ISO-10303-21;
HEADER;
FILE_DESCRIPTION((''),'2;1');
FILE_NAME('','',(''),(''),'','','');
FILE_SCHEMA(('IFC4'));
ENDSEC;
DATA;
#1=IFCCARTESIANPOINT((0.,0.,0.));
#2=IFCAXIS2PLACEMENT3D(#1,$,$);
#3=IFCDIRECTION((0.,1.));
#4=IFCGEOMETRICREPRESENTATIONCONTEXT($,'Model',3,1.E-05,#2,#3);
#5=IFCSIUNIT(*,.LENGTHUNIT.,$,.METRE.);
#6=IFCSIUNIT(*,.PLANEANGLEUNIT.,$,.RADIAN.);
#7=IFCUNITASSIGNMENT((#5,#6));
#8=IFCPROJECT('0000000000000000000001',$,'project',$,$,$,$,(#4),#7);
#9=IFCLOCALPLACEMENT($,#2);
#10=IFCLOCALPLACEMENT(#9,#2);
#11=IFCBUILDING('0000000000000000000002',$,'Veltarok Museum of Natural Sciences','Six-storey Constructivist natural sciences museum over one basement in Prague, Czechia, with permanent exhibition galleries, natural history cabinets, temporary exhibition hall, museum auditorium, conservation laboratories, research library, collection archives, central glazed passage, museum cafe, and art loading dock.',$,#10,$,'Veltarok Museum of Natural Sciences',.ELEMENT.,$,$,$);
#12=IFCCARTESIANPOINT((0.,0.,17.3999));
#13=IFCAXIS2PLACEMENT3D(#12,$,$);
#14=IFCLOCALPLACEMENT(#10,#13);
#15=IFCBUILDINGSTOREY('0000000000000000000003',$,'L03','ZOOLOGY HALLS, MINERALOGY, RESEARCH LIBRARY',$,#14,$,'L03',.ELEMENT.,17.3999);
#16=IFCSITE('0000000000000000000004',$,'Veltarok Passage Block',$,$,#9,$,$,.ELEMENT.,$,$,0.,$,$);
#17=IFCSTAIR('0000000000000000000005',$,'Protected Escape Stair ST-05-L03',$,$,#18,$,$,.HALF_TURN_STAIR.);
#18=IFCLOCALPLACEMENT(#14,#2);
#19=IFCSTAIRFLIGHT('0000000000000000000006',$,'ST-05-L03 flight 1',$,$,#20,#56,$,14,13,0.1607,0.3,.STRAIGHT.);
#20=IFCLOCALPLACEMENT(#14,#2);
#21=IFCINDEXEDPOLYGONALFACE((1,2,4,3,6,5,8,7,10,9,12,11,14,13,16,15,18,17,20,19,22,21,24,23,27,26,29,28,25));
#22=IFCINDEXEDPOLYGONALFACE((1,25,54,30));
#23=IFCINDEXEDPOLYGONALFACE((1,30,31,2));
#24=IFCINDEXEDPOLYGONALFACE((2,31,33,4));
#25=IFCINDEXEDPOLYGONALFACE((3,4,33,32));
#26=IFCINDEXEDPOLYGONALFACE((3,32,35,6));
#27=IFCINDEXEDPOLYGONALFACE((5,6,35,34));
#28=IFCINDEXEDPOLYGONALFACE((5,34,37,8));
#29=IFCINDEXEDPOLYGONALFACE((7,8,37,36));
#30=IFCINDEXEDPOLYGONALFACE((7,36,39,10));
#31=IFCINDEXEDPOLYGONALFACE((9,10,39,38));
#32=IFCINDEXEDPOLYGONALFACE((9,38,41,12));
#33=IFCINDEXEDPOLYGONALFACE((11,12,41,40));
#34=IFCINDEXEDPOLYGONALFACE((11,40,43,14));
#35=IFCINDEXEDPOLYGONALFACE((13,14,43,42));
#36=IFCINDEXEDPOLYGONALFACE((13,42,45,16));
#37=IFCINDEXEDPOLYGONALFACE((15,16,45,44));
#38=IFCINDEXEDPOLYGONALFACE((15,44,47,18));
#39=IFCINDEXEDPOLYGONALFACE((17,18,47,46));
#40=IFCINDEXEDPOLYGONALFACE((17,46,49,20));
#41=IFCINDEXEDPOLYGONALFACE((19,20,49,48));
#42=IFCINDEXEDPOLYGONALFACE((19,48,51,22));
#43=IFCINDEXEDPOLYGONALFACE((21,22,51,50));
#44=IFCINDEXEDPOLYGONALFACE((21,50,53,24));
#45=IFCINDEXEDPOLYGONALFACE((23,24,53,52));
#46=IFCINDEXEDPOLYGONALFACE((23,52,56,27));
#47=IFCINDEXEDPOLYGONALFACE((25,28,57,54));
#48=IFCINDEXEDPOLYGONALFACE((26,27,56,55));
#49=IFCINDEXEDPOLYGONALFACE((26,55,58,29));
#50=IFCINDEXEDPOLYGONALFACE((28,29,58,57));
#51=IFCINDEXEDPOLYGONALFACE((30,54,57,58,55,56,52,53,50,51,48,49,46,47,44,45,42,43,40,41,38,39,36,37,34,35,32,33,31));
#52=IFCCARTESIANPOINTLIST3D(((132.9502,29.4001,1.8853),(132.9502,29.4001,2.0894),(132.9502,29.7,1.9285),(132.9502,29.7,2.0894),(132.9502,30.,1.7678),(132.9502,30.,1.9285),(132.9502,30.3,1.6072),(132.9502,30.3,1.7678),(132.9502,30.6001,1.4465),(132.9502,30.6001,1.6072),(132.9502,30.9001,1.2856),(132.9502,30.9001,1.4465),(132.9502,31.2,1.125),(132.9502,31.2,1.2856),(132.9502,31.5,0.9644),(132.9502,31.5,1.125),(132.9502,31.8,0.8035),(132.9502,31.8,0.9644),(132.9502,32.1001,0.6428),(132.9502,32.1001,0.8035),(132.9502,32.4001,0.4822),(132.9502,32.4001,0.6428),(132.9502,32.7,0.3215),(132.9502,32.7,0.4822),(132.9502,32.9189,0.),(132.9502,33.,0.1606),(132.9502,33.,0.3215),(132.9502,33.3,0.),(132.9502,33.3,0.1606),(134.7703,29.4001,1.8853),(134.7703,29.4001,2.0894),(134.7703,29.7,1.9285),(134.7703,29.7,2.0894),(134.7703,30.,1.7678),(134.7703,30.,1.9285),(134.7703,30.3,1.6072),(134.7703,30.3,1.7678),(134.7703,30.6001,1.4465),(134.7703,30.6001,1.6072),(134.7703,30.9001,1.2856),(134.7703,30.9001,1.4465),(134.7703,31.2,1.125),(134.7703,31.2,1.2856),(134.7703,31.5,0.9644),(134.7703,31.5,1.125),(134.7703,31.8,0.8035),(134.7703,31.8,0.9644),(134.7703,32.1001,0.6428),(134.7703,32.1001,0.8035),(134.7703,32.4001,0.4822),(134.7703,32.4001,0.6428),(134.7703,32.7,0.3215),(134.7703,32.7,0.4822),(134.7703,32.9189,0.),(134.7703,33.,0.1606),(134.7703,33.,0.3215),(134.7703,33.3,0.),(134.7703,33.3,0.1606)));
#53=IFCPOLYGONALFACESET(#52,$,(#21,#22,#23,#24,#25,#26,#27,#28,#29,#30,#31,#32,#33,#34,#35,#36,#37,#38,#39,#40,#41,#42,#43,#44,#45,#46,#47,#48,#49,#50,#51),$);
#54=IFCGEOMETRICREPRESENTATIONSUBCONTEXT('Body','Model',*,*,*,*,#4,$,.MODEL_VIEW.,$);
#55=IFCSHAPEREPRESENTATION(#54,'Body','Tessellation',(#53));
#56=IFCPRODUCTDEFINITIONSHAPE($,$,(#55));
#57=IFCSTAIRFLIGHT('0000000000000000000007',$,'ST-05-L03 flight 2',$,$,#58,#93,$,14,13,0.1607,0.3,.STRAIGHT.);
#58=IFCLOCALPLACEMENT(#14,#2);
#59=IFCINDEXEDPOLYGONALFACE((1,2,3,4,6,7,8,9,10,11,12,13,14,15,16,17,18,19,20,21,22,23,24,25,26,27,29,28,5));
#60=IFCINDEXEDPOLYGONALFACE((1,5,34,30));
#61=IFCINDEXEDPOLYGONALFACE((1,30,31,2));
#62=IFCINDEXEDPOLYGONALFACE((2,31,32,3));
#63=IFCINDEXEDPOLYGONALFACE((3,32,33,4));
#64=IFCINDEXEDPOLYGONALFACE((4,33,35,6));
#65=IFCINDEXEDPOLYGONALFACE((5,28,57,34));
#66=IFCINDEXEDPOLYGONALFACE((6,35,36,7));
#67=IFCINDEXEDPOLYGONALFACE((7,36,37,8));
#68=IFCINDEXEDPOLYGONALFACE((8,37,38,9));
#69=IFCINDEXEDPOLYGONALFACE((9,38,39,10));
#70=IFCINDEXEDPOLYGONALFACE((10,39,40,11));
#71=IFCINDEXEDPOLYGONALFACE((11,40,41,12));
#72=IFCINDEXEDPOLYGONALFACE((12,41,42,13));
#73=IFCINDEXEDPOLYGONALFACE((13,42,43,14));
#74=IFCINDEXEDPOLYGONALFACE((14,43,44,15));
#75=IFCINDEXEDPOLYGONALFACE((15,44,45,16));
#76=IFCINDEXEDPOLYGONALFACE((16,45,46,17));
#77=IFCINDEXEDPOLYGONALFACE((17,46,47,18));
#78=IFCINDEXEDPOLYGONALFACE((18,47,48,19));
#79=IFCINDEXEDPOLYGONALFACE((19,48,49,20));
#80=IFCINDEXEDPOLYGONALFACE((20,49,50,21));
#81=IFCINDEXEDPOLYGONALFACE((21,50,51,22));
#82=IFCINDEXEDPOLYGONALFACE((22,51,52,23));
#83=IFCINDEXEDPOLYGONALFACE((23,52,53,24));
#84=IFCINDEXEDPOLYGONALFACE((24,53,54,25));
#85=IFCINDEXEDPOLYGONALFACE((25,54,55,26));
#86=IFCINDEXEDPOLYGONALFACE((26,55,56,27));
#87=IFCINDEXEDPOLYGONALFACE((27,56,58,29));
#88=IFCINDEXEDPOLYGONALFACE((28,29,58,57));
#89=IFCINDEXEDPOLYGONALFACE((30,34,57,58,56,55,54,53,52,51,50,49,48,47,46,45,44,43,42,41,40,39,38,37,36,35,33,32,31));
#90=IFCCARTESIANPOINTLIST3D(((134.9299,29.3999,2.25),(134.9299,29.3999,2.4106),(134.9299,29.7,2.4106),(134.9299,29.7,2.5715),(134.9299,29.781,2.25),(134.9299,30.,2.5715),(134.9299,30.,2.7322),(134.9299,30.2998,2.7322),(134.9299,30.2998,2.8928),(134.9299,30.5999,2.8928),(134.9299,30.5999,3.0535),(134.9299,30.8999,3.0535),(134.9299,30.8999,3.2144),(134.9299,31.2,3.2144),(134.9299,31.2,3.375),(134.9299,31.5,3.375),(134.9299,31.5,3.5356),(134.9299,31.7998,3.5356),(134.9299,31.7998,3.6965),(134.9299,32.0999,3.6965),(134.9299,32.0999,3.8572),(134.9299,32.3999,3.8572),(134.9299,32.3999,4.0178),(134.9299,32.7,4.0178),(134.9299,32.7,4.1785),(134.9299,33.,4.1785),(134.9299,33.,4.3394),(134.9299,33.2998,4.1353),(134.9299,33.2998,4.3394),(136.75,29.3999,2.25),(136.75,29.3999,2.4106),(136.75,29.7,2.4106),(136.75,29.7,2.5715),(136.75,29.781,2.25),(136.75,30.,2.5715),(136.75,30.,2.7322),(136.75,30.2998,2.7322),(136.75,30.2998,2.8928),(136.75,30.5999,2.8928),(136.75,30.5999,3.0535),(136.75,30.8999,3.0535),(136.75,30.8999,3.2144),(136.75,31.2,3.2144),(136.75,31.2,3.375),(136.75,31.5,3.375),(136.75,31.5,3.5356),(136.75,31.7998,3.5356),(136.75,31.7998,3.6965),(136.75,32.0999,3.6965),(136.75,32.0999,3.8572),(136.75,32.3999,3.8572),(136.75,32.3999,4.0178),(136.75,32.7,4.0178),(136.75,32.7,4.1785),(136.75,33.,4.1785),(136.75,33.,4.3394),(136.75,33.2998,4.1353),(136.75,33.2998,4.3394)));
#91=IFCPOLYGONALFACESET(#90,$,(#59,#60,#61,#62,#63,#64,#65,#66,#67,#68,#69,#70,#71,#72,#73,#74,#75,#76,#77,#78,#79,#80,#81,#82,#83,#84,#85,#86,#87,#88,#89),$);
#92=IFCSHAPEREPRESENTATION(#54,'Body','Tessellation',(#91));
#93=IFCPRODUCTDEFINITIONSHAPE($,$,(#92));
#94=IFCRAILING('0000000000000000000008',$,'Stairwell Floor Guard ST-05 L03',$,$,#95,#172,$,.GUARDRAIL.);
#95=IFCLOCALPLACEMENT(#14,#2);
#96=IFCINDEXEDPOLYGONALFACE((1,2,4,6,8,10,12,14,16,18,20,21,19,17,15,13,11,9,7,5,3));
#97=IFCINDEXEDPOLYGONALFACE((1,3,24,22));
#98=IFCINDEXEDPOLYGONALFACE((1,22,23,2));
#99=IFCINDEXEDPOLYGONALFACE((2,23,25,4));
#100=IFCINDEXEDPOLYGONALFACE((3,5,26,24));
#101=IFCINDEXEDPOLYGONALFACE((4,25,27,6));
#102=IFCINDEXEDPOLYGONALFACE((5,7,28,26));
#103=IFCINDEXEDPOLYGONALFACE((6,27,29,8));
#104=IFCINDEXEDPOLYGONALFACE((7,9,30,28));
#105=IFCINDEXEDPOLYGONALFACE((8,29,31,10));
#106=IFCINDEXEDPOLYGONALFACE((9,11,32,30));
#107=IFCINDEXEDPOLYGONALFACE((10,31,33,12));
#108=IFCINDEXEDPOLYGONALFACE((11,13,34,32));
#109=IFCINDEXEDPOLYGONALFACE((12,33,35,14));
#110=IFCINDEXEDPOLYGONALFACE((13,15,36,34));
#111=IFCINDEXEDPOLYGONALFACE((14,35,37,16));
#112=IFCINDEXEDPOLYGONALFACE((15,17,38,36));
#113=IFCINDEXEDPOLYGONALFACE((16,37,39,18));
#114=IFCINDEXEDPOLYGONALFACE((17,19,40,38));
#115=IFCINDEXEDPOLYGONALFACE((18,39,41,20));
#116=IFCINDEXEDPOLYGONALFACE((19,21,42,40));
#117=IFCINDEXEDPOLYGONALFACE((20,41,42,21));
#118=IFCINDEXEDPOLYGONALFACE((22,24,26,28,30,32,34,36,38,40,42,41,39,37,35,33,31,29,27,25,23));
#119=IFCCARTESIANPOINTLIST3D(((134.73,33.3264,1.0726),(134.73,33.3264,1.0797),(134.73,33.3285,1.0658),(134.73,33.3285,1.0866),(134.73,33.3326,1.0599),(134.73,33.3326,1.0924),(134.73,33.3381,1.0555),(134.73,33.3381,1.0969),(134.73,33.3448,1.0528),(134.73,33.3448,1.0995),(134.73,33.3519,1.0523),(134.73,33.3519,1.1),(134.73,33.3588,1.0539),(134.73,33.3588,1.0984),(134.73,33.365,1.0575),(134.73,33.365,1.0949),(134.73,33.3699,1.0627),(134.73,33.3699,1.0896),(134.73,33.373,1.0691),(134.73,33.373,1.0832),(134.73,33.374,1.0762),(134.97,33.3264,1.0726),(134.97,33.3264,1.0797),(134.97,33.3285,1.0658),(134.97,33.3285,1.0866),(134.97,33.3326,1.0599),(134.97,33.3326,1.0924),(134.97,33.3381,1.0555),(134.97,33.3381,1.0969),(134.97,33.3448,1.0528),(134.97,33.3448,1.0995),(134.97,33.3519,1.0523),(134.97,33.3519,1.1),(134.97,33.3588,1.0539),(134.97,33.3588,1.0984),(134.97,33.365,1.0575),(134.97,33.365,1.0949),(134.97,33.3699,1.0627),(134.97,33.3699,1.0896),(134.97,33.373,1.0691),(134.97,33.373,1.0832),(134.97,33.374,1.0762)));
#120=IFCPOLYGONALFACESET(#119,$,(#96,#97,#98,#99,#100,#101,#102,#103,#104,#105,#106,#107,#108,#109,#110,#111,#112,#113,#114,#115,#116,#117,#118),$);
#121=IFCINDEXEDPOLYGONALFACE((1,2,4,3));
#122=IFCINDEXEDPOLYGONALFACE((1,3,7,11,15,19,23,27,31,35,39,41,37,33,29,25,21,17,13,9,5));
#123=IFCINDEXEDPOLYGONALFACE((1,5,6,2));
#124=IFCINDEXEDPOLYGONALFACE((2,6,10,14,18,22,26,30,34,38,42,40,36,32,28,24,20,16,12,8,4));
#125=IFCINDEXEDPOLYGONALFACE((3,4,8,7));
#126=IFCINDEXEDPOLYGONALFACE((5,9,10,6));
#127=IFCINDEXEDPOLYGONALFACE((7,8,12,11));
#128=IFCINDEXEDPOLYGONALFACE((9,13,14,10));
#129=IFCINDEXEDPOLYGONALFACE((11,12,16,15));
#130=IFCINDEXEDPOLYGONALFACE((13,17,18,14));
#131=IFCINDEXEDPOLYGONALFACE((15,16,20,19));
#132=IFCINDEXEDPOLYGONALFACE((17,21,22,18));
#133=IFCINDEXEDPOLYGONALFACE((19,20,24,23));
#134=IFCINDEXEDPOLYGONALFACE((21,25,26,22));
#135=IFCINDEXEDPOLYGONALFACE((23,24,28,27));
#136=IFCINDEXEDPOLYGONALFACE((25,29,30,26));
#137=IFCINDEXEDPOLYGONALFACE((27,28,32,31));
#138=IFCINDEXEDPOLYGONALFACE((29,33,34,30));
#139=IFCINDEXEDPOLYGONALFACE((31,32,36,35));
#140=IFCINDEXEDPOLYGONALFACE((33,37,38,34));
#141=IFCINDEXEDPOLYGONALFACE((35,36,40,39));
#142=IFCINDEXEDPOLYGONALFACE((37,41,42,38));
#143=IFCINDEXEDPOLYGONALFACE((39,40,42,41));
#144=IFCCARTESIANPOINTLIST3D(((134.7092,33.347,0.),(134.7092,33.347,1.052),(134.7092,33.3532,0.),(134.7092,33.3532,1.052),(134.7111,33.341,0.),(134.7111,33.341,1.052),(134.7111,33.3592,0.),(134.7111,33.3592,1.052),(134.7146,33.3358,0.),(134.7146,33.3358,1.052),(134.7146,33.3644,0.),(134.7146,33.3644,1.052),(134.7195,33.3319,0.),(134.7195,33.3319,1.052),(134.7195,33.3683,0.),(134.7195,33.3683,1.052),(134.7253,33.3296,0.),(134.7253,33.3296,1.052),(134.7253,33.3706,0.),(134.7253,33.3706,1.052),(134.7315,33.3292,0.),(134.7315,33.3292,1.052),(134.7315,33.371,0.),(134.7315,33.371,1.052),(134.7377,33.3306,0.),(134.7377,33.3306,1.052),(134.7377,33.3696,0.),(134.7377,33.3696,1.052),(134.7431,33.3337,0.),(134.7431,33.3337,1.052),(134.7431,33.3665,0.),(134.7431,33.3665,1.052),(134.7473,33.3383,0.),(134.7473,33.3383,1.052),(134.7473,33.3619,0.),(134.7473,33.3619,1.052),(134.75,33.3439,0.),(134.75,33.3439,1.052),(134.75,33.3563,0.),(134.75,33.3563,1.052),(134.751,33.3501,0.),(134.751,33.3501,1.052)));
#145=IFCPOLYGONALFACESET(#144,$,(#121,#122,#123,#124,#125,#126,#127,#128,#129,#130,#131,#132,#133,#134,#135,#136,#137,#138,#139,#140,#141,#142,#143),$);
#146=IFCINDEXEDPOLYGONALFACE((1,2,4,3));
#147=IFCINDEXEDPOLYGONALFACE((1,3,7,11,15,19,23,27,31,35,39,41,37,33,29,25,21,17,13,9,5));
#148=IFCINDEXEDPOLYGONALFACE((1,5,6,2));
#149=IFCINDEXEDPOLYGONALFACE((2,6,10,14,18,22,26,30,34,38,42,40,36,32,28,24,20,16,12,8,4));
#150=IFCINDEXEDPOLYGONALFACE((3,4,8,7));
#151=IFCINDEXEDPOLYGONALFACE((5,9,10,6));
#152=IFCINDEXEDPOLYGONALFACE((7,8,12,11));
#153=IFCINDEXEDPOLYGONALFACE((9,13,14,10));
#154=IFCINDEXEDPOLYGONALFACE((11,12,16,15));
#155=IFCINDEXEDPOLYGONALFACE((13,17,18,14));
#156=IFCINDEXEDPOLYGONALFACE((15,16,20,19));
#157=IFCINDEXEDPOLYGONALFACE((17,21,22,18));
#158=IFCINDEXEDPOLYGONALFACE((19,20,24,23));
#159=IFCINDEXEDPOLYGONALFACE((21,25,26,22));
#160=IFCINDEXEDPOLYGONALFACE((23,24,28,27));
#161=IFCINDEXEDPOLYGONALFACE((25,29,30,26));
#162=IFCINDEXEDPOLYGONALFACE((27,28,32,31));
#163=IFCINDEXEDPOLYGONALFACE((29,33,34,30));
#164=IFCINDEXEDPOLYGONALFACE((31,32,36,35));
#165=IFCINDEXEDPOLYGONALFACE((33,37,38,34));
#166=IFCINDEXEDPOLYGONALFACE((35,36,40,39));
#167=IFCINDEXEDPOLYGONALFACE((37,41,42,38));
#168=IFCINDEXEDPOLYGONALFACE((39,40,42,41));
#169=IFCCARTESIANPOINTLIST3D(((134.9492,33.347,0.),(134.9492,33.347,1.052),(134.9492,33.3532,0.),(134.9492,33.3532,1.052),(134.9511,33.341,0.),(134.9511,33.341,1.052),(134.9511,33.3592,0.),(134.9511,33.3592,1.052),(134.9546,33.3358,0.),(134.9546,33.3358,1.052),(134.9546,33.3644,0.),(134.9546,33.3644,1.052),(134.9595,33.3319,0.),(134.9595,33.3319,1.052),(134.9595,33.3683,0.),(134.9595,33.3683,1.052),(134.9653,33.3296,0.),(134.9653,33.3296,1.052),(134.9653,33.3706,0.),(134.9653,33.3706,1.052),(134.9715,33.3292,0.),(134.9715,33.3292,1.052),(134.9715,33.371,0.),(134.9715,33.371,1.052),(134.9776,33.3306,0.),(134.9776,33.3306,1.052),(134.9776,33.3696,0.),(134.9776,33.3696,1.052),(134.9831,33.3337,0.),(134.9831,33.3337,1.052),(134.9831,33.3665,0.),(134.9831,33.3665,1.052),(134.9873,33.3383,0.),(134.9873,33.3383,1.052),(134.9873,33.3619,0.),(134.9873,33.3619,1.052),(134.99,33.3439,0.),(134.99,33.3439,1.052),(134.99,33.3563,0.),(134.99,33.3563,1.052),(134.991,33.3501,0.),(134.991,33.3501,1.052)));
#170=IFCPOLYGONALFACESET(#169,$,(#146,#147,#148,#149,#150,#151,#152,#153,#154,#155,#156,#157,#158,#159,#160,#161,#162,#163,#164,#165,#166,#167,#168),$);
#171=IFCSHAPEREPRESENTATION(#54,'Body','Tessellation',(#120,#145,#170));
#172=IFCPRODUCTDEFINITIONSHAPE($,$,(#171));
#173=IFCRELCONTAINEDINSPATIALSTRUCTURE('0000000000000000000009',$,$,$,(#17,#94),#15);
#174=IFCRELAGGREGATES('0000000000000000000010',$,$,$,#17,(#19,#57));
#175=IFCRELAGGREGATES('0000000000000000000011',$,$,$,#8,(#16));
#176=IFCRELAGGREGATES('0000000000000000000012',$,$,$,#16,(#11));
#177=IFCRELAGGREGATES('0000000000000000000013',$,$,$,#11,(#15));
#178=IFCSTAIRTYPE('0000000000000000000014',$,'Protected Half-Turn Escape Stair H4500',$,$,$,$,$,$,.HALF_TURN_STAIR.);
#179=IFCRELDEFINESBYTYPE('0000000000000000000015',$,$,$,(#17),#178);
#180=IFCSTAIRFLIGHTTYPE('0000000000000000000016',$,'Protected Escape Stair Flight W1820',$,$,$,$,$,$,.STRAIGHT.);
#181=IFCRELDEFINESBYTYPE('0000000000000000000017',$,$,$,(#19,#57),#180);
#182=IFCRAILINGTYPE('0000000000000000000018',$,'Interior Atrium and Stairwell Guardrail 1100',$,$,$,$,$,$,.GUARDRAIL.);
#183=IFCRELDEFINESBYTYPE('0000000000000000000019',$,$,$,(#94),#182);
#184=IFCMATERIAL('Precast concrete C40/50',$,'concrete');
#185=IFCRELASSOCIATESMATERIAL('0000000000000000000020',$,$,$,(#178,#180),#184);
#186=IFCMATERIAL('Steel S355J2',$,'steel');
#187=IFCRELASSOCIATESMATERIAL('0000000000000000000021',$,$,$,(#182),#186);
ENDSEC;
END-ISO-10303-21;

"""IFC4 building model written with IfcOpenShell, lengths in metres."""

from ifc_helpers import new_model, si_unit, direction, frame, origin, origin_2d, place, context, subcontext, project, spatial, polyline, circle, outline, extrude, material, type_object, element, aggregate, save


model = new_model("IFC4")

# Units and contexts
model_context = context("Model", 3, precision=1e-05, world=origin(), true_north=direction((0.0, 1.0)))
body_context = subcontext(model_context, "Body", "Model", "MODEL_VIEW")
ifc_project = project(units=[si_unit("LENGTHUNIT", "METRE"), si_unit("PLANEANGLEUNIT", "RADIAN")], contexts=[model_context])

# Site, building, storey
site_placement = place(None, origin())
site = spatial("IfcSite", under=ifc_project, at=site_placement, Name="Veltarok Passage Block", CompositionType="ELEMENT", RefElevation=0.0)
building_placement = place(site_placement, origin())
building = spatial("IfcBuilding", under=site, at=building_placement, Name="Veltarok Museum of Natural Sciences", Description="Six-storey Constructivist natural sciences museum over one basement in Prague, Czechia, with permanent exhibition galleries, natural history cabinets, temporary exhibition hall, museum auditorium, conservation laboratories, research library, collection archives, central glazed passage, museum cafe, and art loading dock.", LongName="Veltarok Museum of Natural Sciences", CompositionType="ELEMENT")
storey_placement = place(building_placement, frame((0.0, 0.0, 17.3999)))
storey = spatial("IfcBuildingStorey", under=building, at=storey_placement, Name="L03", Description="ZOOLOGY HALLS, MINERALOGY, RESEARCH LIBRARY", LongName="L03", CompositionType="ELEMENT", Elevation=17.3999)

# Shared definitions
ifc_material_1 = material(Name="Steel S355J2", Category="steel")

# Shared definitions
ifc_material_2 = material(Name="Precast concrete C40/50", Category="concrete")

# Stair, stair flights
stair_type = type_object("IfcStairType", Name="Protected Half-Turn Escape Stair H4500", PredefinedType="HALF_TURN_STAIR", material=ifc_material_2)
stair_placement = place(storey_placement, origin())
stair = element("IfcStair", 1, at=stair_placement, inside=storey, type_object=stair_type, Name="Protected Escape Stair ST-05-L03", PredefinedType="HALF_TURN_STAIR")
stair_flight_type = type_object("IfcStairFlightType", Name="Protected Escape Stair Flight W1820", PredefinedType="STRAIGHT", material=ifc_material_2)
stair_flight_1_placement = place(storey_placement, frame((133.8601, 33.3, 0.0), z_axis=(0.0, 0.0, 1.0), x_axis=(0.0, -1.0, 0.0)))
stair_flight_1 = element("IfcStairFlight", 2, at=stair_flight_1_placement, type_object=stair_flight_type, Name="ST-05-L03 flight 1", NumberOfRisers=14, NumberOfTreads=13, PredefinedType="STRAIGHT", RiserHeight=0.1607, TreadLength=0.3, context=body_context, shape_type="SweptSolid", body=[
    extrude(outline(polyline([(0.0, 0.0), (0.0, 0.1606), (0.3, 0.1606), (0.3, 0.3215), (0.6001, 0.3215), (0.6001, 0.4822), (0.8999, 0.4822), (0.8999, 0.6428), (1.2, 0.6428), (1.2, 0.8035), (1.5, 0.8035), (1.5, 0.9644), (1.8, 0.9644), (1.8, 1.125), (2.1001, 1.125), (2.1001, 1.2856), (2.3999, 1.2856), (2.3999, 1.4465), (2.7, 1.4465), (2.7, 1.6072), (3.0, 1.6072), (3.0, 1.7678), (3.3, 1.7678), (3.3, 1.9285), (3.6001, 1.9285), (3.6001, 2.0894), (3.8999, 2.0894), (3.8999, 2.25), (3.8999, 1.8853), (0.3811, 0.0), (0.0, 0.0)])), frame((0.0, 0.9102, 0.0), z_axis=(0.0, -1.0, 0.0), x_axis=(1.0, 0.0, 0.0)), (0.0, 0.0, 1.0), 1.8201),
])
stair_flight_2_placement = place(storey_placement, frame((135.8401, 29.3999, 2.25), z_axis=(0.0, 0.0, 1.0), x_axis=(0.0, 1.0, 0.0)))
stair_flight_2 = element("IfcStairFlight", 3, at=stair_flight_2_placement, type_object=stair_flight_type, Name="ST-05-L03 flight 2", NumberOfRisers=14, NumberOfTreads=13, PredefinedType="STRAIGHT", RiserHeight=0.1607, TreadLength=0.3, context=body_context, shape_type="SweptSolid", body=[
    extrude(outline(polyline([(0.0, 0.0), (0.0, 0.1606), (0.3, 0.1606), (0.3, 0.3215), (0.6001, 0.3215), (0.6001, 0.4822), (0.8999, 0.4822), (0.8999, 0.6428), (1.2, 0.6428), (1.2, 0.8035), (1.5, 0.8035), (1.5, 0.9644), (1.8, 0.9644), (1.8, 1.125), (2.1001, 1.125), (2.1001, 1.2856), (2.3999, 1.2856), (2.3999, 1.4465), (2.7, 1.4465), (2.7, 1.6072), (3.0, 1.6072), (3.0, 1.7678), (3.3, 1.7678), (3.3, 1.9285), (3.6001, 1.9285), (3.6001, 2.0894), (3.8999, 2.0894), (3.8999, 2.25), (3.8999, 1.8853), (0.3811, 0.0), (0.0, 0.0)])), frame((0.0, 0.9102, 0.0), z_axis=(0.0, -1.0, 0.0), x_axis=(1.0, 0.0, 0.0)), (0.0, 0.0, 1.0), 1.8201),
])
aggregate(stair, [stair_flight_1, stair_flight_2])

# Railing
railing_type_1 = type_object("IfcRailingType", Name="Interior Atrium and Stairwell Guardrail 1100", PredefinedType="GUARDRAIL", material=ifc_material_1)
for number, where, name in (
    (4, (134.73, 33.3501, 0.0), "Stairwell Floor Guard ST-05 L03"),
):
    element("IfcRailing", number, at=place(storey_placement, frame(where)), inside=storey, type_object=railing_type_1, Name=name, PredefinedType="GUARDRAIL", context=body_context, shape_type="SweptSolid", body=[
        extrude(circle(Radius=0.0239, at=origin_2d()), frame((0.0, 0.0, 1.0762), z_axis=(1.0, 0.0, 0.0), x_axis=(0.0, 1.0, 0.0)), (0.0, 0.0, 1.0), 0.24),
        extrude(circle(Radius=0.021, at=origin_2d()), origin(), (0.0, 0.0, 1.0), 1.052),
        extrude(circle(Radius=0.021, at=origin_2d()), frame((0.24, 0.0, 0.0)), (0.0, 0.0, 1.0), 1.052),
    ])

save(model, "model.ifc")
